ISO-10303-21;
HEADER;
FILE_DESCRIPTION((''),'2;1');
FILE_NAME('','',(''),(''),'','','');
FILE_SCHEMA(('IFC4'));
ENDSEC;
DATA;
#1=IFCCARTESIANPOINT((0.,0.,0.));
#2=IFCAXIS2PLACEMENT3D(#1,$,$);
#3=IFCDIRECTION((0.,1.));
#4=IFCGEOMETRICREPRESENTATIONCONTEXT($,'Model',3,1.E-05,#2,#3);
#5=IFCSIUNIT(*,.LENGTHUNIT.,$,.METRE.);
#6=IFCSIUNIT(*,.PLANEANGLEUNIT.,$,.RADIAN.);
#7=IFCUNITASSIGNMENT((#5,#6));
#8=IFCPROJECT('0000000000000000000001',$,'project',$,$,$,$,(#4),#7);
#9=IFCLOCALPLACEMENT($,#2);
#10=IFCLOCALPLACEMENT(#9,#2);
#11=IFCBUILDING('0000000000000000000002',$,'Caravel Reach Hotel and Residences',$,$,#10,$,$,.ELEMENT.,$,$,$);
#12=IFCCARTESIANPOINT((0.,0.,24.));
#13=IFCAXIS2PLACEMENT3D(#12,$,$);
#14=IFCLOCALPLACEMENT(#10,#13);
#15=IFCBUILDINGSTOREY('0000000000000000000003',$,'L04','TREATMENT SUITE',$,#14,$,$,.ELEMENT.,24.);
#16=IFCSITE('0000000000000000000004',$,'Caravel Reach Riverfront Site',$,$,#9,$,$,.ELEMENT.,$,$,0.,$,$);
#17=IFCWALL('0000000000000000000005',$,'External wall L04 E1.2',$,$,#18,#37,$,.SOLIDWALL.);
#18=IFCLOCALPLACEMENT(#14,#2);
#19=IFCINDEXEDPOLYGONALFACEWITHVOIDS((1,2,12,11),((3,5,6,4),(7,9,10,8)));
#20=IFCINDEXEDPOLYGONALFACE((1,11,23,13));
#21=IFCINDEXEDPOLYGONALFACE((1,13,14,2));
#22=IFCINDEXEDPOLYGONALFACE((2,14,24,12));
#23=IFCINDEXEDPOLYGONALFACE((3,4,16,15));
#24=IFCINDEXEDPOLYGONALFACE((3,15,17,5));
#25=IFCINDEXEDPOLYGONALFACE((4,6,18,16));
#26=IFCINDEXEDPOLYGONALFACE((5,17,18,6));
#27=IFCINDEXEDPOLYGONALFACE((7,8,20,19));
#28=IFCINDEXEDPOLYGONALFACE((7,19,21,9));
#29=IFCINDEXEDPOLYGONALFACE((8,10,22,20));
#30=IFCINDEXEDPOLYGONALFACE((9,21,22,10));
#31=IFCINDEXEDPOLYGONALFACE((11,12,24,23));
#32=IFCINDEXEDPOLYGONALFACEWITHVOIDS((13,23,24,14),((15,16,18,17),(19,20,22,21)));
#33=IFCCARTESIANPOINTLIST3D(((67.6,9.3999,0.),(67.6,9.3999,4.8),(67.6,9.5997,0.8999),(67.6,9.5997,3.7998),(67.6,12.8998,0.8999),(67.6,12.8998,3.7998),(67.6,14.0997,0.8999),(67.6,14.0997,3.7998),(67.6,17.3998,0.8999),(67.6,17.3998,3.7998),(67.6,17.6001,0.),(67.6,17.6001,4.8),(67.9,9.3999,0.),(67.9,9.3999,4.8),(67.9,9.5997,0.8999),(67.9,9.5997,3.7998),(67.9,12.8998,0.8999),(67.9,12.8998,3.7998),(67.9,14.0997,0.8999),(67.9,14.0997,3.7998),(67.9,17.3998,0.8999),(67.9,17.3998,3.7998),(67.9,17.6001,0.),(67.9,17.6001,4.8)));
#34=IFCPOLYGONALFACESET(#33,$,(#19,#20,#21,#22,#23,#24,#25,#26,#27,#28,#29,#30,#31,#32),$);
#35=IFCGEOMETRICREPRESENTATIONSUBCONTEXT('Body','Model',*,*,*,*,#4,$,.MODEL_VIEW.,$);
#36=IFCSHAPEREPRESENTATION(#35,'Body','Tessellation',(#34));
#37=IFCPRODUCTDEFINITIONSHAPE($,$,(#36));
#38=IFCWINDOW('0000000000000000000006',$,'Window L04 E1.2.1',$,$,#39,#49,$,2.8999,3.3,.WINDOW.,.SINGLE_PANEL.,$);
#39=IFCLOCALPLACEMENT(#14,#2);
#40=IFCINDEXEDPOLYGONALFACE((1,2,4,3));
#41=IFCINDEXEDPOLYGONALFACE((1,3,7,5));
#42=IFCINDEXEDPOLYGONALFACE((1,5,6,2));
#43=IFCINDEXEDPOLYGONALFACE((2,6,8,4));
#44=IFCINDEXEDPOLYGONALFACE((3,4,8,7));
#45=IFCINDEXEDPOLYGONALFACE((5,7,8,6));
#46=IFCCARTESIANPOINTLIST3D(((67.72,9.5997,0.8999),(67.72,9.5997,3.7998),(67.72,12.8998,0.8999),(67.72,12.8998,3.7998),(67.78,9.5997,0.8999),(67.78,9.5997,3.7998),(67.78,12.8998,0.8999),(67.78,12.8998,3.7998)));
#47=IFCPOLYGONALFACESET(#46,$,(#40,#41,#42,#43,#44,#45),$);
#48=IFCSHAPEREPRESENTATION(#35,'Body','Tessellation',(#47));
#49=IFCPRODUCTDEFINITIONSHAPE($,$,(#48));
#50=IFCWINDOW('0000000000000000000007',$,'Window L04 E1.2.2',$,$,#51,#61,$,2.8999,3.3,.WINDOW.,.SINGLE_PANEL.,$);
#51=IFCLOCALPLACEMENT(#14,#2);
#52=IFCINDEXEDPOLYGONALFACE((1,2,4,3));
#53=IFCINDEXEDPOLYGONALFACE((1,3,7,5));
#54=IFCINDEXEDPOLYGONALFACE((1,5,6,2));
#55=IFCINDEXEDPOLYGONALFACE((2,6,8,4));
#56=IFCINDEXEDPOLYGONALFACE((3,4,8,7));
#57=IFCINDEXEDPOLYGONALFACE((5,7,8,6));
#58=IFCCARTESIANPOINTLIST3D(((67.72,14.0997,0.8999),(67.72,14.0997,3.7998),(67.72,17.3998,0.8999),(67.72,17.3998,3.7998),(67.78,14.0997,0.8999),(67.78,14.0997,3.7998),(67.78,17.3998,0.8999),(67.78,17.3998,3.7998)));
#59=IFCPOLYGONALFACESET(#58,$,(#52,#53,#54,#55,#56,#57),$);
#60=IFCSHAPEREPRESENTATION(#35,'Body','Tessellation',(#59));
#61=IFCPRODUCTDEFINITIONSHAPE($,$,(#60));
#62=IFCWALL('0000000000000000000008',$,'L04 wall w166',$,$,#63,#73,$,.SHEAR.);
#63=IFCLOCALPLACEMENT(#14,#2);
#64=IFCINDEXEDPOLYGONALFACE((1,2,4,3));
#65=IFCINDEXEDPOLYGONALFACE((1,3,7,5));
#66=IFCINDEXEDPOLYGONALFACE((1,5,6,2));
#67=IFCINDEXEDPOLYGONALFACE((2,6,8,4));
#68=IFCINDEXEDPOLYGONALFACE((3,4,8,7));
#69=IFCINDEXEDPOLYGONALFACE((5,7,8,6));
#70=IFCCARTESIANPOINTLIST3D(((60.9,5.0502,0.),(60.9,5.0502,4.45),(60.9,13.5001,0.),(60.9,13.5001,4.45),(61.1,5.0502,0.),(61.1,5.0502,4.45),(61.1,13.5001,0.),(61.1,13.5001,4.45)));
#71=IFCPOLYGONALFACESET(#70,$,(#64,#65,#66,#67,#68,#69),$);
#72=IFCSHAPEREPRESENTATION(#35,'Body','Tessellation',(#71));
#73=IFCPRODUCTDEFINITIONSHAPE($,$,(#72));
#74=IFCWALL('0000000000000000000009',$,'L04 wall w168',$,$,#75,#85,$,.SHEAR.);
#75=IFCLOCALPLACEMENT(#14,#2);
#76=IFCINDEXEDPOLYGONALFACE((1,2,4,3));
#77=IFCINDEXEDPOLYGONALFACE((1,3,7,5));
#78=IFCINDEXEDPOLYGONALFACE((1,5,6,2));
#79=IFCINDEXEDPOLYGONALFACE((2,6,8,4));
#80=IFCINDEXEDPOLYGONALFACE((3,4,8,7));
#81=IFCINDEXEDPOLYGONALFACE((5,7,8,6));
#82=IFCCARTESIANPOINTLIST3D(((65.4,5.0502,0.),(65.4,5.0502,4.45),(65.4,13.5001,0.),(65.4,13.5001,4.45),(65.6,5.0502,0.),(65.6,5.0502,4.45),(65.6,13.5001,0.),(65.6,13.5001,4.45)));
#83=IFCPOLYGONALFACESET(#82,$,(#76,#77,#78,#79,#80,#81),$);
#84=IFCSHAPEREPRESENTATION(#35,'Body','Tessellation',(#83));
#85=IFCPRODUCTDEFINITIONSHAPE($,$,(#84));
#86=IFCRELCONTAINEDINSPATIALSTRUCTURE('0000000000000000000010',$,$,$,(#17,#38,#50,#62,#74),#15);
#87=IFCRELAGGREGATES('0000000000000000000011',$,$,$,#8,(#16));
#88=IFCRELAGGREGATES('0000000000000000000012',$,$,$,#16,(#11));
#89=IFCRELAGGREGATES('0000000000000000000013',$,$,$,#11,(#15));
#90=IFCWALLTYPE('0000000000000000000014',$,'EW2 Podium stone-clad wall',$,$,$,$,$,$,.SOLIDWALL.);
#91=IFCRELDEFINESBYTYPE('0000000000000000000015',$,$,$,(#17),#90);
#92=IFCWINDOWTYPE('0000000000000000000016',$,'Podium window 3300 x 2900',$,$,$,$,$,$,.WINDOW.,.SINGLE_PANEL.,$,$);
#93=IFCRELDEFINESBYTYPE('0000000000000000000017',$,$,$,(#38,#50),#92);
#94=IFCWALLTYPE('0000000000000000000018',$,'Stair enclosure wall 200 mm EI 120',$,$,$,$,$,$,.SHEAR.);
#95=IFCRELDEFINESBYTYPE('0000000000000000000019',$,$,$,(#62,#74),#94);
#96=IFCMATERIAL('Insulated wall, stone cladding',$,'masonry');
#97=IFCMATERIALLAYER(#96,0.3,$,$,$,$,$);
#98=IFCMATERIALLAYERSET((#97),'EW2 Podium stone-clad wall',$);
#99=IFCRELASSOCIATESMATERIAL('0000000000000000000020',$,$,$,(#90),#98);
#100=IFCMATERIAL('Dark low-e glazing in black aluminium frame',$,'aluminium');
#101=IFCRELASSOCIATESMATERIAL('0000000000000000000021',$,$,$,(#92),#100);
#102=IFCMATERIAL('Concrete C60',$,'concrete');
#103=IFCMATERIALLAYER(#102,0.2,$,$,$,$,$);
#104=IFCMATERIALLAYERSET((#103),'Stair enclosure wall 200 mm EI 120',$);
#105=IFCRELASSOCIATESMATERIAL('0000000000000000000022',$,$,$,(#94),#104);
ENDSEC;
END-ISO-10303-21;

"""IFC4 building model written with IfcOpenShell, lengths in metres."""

from ifc_helpers import new_model, si_unit, direction, frame, frame_2d, origin, place, context, subcontext, project, spatial, rectangle, extrude, material, layer, layer_set, type_object, element, fill, save


model = new_model("IFC4")

# Units and contexts
model_context = context("Model", 3, precision=1e-05, world=origin(), true_north=direction((0.0, 1.0)))
body_context = subcontext(model_context, "Body", "Model", "MODEL_VIEW")
ifc_project = project(units=[si_unit("LENGTHUNIT", "METRE"), si_unit("PLANEANGLEUNIT", "RADIAN")], contexts=[model_context])

# Site, building, storey
site_placement = place(None, origin())
site = spatial("IfcSite", under=ifc_project, at=site_placement, Name="Caravel Reach Riverfront Site", CompositionType="ELEMENT", RefElevation=0.0)
building_placement = place(site_placement, origin())
building = spatial("IfcBuilding", under=site, at=building_placement, Name="Caravel Reach Hotel and Residences", CompositionType="ELEMENT")
storey_placement = place(building_placement, frame((0.0, 0.0, 24.0)))
storey = spatial("IfcBuildingStorey", under=building, at=storey_placement, Name="L04", Description="TREATMENT SUITE", CompositionType="ELEMENT", Elevation=24.0)

# Wall, openings, windows
ifc_material_1 = material(Name="Insulated wall, stone cladding", Category="masonry")
ifc_layer_1 = layer(ifc_material_1, 0.3)
ifc_layer_set_1 = layer_set([ifc_layer_1], Name="EW2 Podium stone-clad wall")
wall_type_1 = type_object("IfcWallType", Name="EW2 Podium stone-clad wall", PredefinedType="SOLIDWALL", material=ifc_layer_set_1)
ifc_material_2 = material(Name="Dark low-e glazing in black aluminium frame", Category="aluminium")
window_type = type_object("IfcWindowType", Name="Podium window 3300 x 2900", PartitioningType="SINGLE_PANEL", PredefinedType="WINDOW", material=ifc_material_2)
wall_1_placement = place(storey_placement, frame((67.75, 9.3999, 0.0), z_axis=(0.0, 0.0, 1.0), x_axis=(0.0, 1.0, 0.0)))
wall_1 = element("IfcWall", 1, at=wall_1_placement, inside=storey, type_object=wall_type_1, Name="External wall L04 E1.2", PredefinedType="SOLIDWALL", context=body_context, shape_type="SweptSolid", body=[
    extrude(rectangle(XDim=8.2002, YDim=0.3, at=frame_2d((4.1001, 0.0))), origin(), (0.0, 0.0, 1.0), 4.8),
])
opening_1_placement = place(wall_1_placement, frame((0.2, 0.0, 0.8999)))
opening_1 = element("IfcOpeningElement", 2, at=opening_1_placement, cuts=wall_1, PredefinedType="OPENING", context=body_context, shape_type="SweptSolid", body=[
    extrude(rectangle(XDim=3.3, YDim=2.8999, at=frame_2d((1.6499, 1.45))), frame((0.0, 0.1599, 0.0), z_axis=(0.0, -1.0, 0.0), x_axis=(1.0, 0.0, 0.0)), (0.0, 0.0, 1.0), 0.3201),
])
opening_2_placement = place(wall_1_placement, frame((4.7, 0.0, 0.8999)))
opening_2 = element("IfcOpeningElement", 3, at=opening_2_placement, cuts=wall_1, PredefinedType="OPENING", context=body_context, shape_type="SweptSolid", body=[
    extrude(rectangle(XDim=3.3, YDim=2.8999, at=frame_2d((1.6499, 1.45))), frame((0.0, 0.1599, 0.0), z_axis=(0.0, -1.0, 0.0), x_axis=(1.0, 0.0, 0.0)), (0.0, 0.0, 1.0), 0.3201),
])
window_1_placement = place(opening_1_placement, origin())
window_1 = element("IfcWindow", 4, at=window_1_placement, inside=storey, type_object=window_type, Name="Window L04 E1.2.1", OverallHeight=2.8999, OverallWidth=3.3, PartitioningType="SINGLE_PANEL", PredefinedType="WINDOW", context=body_context, shape_type="SweptSolid", body=[
    extrude(rectangle(XDim=3.3, YDim=2.8999, at=frame_2d((1.6499, 1.45))), frame((0.0, 0.03, 0.0), z_axis=(0.0, -1.0, 0.0), x_axis=(1.0, 0.0, 0.0)), (0.0, 0.0, 1.0), 0.0601),
])
fill(opening_1, window_1)
window_2_placement = place(opening_2_placement, origin())
window_2 = element("IfcWindow", 5, at=window_2_placement, inside=storey, type_object=window_type, Name="Window L04 E1.2.2", OverallHeight=2.8999, OverallWidth=3.3, PartitioningType="SINGLE_PANEL", PredefinedType="WINDOW", context=body_context, shape_type="SweptSolid", body=[
    extrude(rectangle(XDim=3.3, YDim=2.8999, at=frame_2d((1.6499, 1.45))), frame((0.0, 0.03, 0.0), z_axis=(0.0, -1.0, 0.0), x_axis=(1.0, 0.0, 0.0)), (0.0, 0.0, 1.0), 0.0601),
])
fill(opening_2, window_2)

# Walls
ifc_material_3 = material(Name="Concrete C60", Category="concrete")
ifc_layer_2 = layer(ifc_material_3, 0.2)
ifc_layer_set_2 = layer_set([ifc_layer_2], Name="Stair enclosure wall 200 mm EI 120")
wall_type_2 = type_object("IfcWallType", Name="Stair enclosure wall 200 mm EI 120", PredefinedType="SHEAR", material=ifc_layer_set_2)
for number, where, z_axis, x_axis, name in (
    (6, (61.0, 5.05, 0.0), (0.0, 0.0, 1.0), (0.0, 1.0, 0.0), "L04 wall w166"),
    (7, (65.5, 5.05, 0.0), (0.0, 0.0, 1.0), (0.0, 1.0, 0.0), "L04 wall w168"),
):
    element("IfcWall", number, at=place(storey_placement, frame(where, z_axis=z_axis, x_axis=x_axis)), inside=storey, type_object=wall_type_2, Name=name, PredefinedType="SHEAR", context=body_context, shape_type="SweptSolid", body=[
        extrude(rectangle(XDim=8.45, YDim=0.2, at=frame_2d((4.2251, 0.0))), origin(), (0.0, 0.0, 1.0), 4.45),
    ])

save(model, "model.ifc")
